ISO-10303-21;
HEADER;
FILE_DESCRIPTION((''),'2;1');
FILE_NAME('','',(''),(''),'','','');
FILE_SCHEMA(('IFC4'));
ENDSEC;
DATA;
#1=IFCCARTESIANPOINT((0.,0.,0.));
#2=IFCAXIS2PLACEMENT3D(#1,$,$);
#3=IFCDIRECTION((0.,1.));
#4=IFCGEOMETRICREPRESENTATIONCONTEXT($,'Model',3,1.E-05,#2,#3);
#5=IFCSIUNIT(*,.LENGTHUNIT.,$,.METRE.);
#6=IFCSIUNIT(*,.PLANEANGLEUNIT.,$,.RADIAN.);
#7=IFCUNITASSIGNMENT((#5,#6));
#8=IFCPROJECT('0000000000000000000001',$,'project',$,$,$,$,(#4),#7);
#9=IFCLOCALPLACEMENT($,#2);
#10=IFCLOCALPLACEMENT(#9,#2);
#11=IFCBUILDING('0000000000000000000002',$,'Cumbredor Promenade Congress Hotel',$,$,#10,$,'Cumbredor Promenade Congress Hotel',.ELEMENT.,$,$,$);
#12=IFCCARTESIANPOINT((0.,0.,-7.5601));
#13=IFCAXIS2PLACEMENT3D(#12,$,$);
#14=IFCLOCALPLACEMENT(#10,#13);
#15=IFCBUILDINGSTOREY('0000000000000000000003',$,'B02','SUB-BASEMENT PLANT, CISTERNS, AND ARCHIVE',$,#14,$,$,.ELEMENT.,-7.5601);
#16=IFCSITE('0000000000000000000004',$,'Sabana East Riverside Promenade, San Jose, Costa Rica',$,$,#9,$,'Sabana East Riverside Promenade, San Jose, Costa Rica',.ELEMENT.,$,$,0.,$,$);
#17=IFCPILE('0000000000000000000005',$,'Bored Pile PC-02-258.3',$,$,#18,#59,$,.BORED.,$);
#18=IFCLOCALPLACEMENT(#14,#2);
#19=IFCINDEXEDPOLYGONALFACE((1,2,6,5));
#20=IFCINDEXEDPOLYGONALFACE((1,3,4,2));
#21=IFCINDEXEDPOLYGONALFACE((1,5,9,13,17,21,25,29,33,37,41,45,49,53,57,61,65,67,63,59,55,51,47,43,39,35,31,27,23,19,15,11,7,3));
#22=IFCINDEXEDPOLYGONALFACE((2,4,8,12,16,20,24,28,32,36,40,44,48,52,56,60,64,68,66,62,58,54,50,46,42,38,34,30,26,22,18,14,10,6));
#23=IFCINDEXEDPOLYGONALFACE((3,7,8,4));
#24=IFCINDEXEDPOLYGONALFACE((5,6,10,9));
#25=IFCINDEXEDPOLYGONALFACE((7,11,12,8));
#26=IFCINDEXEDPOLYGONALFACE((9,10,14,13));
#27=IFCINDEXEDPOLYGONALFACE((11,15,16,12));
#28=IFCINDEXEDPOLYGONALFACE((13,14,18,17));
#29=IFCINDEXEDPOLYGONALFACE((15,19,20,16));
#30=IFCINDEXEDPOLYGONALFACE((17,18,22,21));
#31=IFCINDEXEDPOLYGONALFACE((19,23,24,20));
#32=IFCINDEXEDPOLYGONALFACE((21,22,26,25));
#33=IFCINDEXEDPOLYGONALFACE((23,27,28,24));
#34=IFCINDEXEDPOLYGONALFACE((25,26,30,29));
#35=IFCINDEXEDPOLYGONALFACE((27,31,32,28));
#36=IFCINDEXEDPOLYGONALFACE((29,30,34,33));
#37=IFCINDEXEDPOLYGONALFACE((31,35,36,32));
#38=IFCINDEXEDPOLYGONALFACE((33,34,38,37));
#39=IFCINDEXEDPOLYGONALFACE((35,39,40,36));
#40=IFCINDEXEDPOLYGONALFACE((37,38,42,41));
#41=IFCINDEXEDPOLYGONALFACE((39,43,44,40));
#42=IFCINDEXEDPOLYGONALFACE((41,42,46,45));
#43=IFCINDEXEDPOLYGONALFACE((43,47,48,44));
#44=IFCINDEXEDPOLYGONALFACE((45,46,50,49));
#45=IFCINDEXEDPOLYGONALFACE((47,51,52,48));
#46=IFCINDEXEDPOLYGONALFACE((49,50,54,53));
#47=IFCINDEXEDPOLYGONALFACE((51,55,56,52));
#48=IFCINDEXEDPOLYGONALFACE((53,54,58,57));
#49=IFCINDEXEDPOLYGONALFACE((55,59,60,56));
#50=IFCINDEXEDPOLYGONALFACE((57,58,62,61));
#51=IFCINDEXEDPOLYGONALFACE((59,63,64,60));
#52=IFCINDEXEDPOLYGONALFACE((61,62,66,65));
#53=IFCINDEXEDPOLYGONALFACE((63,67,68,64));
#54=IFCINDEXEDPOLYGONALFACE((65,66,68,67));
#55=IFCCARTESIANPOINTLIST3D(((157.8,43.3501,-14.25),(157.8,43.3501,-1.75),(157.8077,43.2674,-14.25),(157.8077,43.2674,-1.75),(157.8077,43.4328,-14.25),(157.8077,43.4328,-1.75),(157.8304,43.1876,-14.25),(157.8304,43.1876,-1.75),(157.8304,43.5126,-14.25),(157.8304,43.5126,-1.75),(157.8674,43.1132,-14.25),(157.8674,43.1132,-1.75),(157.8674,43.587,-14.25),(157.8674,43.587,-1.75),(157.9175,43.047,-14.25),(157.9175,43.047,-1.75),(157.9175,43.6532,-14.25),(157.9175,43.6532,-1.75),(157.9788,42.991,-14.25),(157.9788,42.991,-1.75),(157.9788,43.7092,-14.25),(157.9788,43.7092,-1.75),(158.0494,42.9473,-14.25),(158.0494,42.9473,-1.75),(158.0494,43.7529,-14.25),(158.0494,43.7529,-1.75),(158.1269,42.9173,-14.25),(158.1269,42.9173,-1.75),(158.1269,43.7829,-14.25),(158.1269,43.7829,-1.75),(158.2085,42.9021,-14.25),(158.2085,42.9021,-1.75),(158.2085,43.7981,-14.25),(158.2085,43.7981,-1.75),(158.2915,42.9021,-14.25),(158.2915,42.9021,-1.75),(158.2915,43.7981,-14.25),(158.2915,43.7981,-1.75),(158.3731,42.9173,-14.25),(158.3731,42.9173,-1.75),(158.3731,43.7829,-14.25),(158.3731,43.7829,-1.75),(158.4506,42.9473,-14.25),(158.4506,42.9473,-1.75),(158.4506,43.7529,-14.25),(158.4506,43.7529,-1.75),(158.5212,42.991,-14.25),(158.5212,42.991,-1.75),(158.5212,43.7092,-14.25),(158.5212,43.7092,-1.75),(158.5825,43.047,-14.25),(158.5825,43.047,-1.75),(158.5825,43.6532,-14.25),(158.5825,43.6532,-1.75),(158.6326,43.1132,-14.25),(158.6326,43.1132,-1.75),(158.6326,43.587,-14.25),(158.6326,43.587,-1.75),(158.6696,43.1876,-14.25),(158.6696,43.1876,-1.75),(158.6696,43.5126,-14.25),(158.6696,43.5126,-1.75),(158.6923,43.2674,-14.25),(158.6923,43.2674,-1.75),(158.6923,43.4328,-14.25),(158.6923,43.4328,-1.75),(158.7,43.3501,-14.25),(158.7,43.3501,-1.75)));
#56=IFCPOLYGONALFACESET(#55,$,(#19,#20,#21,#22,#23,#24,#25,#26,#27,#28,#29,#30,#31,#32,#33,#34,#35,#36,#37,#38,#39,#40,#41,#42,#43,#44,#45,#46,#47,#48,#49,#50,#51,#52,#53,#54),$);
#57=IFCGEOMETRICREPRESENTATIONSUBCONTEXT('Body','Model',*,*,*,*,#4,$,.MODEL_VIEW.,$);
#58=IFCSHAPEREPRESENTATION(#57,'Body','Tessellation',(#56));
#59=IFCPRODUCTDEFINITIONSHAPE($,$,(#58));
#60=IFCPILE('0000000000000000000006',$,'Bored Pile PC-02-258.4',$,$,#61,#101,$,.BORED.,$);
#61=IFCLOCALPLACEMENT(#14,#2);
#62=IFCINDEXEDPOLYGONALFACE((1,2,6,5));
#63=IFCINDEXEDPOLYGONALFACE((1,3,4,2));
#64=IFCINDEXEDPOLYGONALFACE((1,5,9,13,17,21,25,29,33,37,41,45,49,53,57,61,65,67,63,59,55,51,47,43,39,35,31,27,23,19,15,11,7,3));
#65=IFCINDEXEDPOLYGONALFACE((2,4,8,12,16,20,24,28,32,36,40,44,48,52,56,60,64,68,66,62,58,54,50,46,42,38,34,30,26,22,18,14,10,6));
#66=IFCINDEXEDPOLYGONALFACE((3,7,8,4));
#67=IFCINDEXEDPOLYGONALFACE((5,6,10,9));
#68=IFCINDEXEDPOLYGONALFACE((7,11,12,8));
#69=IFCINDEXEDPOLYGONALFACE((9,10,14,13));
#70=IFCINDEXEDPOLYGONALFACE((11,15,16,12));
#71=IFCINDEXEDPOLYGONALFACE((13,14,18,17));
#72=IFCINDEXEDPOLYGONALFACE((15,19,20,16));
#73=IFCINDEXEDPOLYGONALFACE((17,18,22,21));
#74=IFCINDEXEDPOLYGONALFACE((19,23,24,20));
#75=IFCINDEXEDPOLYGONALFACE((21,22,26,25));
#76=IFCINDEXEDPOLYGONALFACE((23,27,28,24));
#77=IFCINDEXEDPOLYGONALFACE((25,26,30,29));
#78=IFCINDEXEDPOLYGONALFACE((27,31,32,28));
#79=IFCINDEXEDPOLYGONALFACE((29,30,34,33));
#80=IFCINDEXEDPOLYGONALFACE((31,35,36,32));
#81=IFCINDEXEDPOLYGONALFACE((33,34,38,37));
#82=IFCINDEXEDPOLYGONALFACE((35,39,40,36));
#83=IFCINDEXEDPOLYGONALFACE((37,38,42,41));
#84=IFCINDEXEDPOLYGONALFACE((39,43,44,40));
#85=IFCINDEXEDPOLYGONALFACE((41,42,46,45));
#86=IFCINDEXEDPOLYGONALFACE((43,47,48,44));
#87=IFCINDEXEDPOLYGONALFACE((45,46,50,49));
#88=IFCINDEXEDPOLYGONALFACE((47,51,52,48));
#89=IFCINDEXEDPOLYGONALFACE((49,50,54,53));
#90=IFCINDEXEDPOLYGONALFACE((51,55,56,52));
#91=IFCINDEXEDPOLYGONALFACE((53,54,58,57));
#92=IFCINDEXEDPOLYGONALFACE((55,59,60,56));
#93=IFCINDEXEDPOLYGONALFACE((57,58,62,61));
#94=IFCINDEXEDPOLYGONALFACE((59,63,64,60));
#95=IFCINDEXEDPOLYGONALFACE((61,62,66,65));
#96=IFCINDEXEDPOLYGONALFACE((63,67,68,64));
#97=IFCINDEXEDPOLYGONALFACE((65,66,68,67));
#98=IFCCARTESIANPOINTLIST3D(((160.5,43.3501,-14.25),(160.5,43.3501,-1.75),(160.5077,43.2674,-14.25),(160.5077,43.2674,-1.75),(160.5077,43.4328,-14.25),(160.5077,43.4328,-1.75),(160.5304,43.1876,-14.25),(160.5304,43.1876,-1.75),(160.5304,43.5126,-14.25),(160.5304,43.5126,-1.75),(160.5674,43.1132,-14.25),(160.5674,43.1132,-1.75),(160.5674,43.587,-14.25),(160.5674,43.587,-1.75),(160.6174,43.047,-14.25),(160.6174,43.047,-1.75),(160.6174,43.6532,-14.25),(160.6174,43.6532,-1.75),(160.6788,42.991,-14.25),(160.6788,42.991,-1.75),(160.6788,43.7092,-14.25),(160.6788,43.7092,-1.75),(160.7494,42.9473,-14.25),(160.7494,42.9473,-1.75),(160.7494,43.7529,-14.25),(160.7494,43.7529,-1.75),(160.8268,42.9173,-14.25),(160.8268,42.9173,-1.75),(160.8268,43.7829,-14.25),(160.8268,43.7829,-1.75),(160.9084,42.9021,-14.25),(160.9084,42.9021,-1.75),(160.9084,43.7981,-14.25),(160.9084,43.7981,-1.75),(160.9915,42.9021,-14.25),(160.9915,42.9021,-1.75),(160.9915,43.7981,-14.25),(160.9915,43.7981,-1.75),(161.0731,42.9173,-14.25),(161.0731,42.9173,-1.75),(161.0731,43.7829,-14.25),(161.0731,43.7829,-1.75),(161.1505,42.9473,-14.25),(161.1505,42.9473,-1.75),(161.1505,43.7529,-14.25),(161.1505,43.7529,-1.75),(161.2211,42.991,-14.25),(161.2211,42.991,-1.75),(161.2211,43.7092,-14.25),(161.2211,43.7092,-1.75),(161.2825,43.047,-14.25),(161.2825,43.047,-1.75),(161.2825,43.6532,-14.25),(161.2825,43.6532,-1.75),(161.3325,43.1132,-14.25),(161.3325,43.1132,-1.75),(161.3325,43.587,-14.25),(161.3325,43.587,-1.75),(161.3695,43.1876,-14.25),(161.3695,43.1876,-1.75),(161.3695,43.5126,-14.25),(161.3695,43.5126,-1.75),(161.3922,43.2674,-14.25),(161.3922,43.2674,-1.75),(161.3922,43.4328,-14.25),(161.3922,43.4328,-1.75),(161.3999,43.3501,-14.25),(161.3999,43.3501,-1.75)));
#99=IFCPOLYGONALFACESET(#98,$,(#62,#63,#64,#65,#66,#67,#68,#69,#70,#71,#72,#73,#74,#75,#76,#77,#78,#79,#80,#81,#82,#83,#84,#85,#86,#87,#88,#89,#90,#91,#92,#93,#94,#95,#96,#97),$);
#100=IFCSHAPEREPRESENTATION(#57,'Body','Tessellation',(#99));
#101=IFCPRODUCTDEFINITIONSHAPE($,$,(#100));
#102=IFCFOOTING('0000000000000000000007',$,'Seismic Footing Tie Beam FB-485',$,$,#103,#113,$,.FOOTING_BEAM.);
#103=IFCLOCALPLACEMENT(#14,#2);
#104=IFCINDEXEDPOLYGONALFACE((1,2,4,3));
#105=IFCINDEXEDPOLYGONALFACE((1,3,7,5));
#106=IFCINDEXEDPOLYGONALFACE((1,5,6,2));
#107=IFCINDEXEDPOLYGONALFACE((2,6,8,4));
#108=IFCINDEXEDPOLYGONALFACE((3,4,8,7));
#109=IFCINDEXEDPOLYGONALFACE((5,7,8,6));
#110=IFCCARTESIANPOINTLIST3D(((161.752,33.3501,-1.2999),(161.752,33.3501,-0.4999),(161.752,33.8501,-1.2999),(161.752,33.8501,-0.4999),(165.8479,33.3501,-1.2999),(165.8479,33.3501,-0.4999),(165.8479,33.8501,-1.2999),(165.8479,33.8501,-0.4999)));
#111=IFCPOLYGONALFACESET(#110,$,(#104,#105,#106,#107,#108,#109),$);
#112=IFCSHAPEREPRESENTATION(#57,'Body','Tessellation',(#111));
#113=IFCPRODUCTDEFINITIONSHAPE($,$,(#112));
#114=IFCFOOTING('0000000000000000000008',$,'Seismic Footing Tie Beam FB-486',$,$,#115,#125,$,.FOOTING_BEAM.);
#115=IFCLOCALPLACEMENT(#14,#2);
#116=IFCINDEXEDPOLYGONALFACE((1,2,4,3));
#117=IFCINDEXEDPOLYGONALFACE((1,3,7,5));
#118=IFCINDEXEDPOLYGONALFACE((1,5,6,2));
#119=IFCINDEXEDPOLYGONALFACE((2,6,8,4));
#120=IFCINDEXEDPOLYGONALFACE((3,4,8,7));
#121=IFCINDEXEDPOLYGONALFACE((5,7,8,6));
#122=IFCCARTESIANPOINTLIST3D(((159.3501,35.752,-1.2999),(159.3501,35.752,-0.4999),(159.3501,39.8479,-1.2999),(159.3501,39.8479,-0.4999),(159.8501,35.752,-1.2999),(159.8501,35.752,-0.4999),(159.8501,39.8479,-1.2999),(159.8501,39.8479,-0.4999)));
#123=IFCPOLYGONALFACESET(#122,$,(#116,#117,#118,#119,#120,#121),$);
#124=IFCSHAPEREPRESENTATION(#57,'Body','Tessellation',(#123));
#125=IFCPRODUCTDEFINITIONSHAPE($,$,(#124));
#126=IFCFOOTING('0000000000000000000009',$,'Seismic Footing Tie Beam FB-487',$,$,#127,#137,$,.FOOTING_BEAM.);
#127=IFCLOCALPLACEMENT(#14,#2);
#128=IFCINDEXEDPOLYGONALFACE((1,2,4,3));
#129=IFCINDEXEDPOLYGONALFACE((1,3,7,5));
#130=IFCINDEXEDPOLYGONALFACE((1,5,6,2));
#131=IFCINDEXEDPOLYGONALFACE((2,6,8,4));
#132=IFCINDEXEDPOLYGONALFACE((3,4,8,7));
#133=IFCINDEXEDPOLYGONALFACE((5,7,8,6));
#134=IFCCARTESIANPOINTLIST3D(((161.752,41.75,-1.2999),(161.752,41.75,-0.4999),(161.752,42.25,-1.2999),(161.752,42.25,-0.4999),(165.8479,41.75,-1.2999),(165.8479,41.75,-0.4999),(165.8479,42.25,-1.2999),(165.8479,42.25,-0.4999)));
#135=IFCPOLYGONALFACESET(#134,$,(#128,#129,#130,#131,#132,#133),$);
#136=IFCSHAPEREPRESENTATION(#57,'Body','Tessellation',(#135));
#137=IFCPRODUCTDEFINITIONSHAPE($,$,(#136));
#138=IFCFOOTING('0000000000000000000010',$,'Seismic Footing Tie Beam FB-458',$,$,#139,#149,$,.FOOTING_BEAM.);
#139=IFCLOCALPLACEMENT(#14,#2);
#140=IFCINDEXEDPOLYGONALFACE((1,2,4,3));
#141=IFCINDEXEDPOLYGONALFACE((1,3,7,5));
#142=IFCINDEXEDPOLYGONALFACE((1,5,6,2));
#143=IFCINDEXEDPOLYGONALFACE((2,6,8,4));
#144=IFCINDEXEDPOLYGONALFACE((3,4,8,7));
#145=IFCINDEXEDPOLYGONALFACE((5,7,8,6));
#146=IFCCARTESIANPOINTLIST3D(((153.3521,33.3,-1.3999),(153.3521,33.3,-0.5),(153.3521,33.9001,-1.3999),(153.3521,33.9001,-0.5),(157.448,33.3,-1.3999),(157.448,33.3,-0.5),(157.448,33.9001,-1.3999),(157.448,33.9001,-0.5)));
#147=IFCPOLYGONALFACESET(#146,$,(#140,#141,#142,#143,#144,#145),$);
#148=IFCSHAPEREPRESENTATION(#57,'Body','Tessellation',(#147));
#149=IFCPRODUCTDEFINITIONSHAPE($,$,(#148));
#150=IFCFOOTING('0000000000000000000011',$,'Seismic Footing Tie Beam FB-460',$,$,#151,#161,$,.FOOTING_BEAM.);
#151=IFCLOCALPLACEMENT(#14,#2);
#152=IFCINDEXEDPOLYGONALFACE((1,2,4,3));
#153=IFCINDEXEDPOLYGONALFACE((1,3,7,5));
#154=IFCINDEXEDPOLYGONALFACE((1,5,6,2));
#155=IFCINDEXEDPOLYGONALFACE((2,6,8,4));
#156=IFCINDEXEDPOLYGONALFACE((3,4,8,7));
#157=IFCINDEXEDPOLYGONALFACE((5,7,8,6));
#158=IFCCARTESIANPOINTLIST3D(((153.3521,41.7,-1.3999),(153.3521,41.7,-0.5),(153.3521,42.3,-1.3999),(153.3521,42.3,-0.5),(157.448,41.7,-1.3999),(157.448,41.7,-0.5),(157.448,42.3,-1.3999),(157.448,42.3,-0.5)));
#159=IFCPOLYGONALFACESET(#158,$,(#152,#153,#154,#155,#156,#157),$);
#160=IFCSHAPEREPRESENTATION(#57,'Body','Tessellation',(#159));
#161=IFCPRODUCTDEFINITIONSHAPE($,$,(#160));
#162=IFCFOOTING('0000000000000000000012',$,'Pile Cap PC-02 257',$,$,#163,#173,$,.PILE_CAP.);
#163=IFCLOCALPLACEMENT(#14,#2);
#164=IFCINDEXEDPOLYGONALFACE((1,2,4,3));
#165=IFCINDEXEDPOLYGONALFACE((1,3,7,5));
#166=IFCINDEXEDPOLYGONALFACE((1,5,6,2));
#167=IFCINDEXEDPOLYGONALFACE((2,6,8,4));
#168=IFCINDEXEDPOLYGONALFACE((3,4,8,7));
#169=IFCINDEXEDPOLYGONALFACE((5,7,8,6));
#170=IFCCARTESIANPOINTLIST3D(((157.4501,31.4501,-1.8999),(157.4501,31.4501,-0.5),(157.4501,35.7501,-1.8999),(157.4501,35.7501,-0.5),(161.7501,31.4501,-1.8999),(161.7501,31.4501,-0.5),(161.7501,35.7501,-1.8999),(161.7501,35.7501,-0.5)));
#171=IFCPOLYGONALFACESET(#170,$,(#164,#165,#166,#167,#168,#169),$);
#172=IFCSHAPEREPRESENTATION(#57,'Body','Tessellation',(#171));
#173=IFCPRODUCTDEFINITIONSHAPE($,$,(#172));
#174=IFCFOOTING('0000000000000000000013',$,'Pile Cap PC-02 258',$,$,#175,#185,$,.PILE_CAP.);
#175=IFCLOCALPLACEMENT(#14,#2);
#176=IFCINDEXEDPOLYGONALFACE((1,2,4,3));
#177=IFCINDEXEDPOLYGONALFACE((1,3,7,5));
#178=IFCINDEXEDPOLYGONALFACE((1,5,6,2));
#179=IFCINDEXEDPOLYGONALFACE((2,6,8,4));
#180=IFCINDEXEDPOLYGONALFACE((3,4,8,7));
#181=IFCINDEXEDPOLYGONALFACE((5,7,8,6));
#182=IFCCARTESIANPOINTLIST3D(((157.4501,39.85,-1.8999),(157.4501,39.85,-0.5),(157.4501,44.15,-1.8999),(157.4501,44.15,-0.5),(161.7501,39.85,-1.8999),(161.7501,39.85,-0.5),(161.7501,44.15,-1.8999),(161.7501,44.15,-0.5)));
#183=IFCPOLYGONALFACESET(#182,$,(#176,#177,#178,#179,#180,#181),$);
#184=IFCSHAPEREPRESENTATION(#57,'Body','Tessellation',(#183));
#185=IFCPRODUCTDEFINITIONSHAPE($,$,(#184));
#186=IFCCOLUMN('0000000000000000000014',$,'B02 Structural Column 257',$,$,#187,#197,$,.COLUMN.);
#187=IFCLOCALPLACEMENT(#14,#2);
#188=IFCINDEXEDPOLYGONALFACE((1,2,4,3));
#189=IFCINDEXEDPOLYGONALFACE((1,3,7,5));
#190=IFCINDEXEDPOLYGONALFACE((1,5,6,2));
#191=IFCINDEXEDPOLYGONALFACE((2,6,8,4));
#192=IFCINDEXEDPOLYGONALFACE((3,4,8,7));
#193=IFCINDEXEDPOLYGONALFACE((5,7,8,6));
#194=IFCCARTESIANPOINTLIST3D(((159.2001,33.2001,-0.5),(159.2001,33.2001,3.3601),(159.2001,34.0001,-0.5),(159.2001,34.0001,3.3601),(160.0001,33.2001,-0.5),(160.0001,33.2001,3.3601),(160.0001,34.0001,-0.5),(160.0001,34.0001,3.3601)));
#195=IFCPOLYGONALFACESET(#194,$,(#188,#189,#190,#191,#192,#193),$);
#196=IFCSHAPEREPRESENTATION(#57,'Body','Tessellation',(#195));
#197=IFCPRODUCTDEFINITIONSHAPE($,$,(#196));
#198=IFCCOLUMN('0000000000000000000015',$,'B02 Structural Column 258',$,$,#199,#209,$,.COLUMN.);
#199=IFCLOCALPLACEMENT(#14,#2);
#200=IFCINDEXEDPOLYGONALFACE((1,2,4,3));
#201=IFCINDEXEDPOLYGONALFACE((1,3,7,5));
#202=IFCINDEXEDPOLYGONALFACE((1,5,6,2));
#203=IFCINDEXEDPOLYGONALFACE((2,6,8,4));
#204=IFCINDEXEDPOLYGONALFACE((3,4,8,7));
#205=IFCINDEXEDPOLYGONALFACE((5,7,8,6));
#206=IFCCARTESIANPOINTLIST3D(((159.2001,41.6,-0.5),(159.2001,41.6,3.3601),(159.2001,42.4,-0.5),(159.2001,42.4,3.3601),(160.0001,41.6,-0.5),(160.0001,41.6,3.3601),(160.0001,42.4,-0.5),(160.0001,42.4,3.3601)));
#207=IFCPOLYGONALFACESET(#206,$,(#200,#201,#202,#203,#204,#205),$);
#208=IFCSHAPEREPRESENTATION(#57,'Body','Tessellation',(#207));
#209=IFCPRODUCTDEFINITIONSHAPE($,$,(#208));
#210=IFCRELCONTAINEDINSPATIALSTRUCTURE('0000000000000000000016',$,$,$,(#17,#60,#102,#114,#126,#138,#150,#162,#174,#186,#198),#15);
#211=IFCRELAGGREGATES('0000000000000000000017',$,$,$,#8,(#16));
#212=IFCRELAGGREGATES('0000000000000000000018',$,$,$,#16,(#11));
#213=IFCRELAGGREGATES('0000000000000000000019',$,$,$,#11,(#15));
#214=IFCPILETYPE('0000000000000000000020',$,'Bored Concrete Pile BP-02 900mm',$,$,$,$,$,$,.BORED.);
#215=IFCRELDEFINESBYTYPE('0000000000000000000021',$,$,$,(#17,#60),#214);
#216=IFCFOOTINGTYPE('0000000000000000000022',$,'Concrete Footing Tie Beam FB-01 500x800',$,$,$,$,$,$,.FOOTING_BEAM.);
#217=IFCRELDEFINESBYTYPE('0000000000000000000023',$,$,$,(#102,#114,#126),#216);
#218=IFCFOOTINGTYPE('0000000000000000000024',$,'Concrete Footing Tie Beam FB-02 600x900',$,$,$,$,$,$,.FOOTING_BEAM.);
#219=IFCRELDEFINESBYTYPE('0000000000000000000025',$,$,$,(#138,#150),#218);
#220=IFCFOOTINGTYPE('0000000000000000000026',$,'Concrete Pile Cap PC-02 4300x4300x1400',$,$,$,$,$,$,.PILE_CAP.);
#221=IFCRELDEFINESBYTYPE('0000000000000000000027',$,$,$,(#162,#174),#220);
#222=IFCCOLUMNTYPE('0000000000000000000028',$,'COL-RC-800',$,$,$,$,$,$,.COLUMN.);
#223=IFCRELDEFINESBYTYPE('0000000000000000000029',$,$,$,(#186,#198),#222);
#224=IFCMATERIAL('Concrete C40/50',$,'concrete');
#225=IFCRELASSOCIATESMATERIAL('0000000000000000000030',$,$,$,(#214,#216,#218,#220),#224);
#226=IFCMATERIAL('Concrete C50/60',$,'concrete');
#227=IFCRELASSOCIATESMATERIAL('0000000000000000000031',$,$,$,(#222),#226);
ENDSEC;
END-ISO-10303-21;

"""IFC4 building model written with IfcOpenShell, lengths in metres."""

from ifc_helpers import new_model, si_unit, direction, frame, origin, origin_2d, place, context, subcontext, project, spatial, rectangle, circle, extrude, material, material_profile, profile_set, type_object, element, save


model = new_model("IFC4")

# Units and contexts
model_context = context("Model", 3, precision=1e-05, world=origin(), true_north=direction((0.0, 1.0)))
body_context = subcontext(model_context, "Body", "Model", "MODEL_VIEW")
ifc_project = project(units=[si_unit("LENGTHUNIT", "METRE"), si_unit("PLANEANGLEUNIT", "RADIAN")], contexts=[model_context])

# Site, building, storey
site_placement = place(None, origin())
site = spatial("IfcSite", under=ifc_project, at=site_placement, Name="Sabana East Riverside Promenade, San Jose, Costa Rica", LongName="Sabana East Riverside Promenade, San Jose, Costa Rica", CompositionType="ELEMENT", RefElevation=0.0)
building_placement = place(site_placement, origin())
building = spatial("IfcBuilding", under=site, at=building_placement, Name="Cumbredor Promenade Congress Hotel", LongName="Cumbredor Promenade Congress Hotel", CompositionType="ELEMENT")
storey_placement = place(building_placement, frame((0.0, 0.0, -7.5601)))
storey = spatial("IfcBuildingStorey", under=building, at=storey_placement, Name="B02", Description="SUB-BASEMENT PLANT, CISTERNS, AND ARCHIVE", CompositionType="ELEMENT", Elevation=-7.5601)

# Piles
ifc_material_1 = material(Name="Concrete C40/50", Category="concrete")
ifc_material_profile_1 = material_profile(ifc_material_1, circle(Radius=0.45, at=origin_2d()), Name="PILE D900")
ifc_profile_set_1 = profile_set([ifc_material_profile_1], Name="Concrete C40/50")
pile_type = type_object("IfcPileType", Name="Bored Concrete Pile BP-02 900mm", PredefinedType="BORED", material=ifc_profile_set_1)
for number, where, z_axis, x_axis, name in (
    (1, (158.25, 43.3501, -1.75), (0.0, 0.0, -1.0), (1.0, 0.0, 0.0), "Bored Pile PC-02-258.3"),
    (2, (160.95, 43.3501, -1.75), (0.0, 0.0, -1.0), (1.0, 0.0, 0.0), "Bored Pile PC-02-258.4"),
):
    element("IfcPile", number, at=place(storey_placement, frame(where, z_axis=z_axis, x_axis=x_axis)), inside=storey, type_object=pile_type, Name=name, PredefinedType="BORED", context=body_context, shape_type="SweptSolid", body=[
        extrude(circle(Radius=0.45, at=origin_2d()), origin(), (0.0, 0.0, 1.0), 12.5),
    ])

# Footings
ifc_material_profile_2 = material_profile(ifc_material_1, rectangle(XDim=0.5, YDim=0.8, at=origin_2d()), Name="FB 500x800")
ifc_profile_set_2 = profile_set([ifc_material_profile_2], Name="Concrete C40/50")
footing_type_1 = type_object("IfcFootingType", Name="Concrete Footing Tie Beam FB-01 500x800", PredefinedType="FOOTING_BEAM", material=ifc_profile_set_2)
for number, where, z_axis, x_axis, name in (
    (3, (161.752, 33.6001, -0.8999), (1.0, 0.0, 0.0), (0.0, 1.0, 0.0), "Seismic Footing Tie Beam FB-485"),
    (4, (159.6001, 35.752, -0.8999), (0.0, 1.0, 0.0), (-1.0, 0.0, 0.0), "Seismic Footing Tie Beam FB-486"),
    (5, (161.752, 42.0, -0.8999), (1.0, 0.0, 0.0), (0.0, 1.0, 0.0), "Seismic Footing Tie Beam FB-487"),
):
    element("IfcFooting", number, at=place(storey_placement, frame(where, z_axis=z_axis, x_axis=x_axis)), inside=storey, type_object=footing_type_1, Name=name, PredefinedType="FOOTING_BEAM", context=body_context, shape_type="SweptSolid", body=[
        extrude(rectangle(XDim=0.5, YDim=0.8, at=origin_2d()), origin(), (0.0, 0.0, 1.0), 4.0959),
    ])
ifc_material_profile_3 = material_profile(ifc_material_1, rectangle(XDim=0.6001, YDim=0.8999, at=origin_2d()), Name="FB 600x900")
ifc_profile_set_3 = profile_set([ifc_material_profile_3], Name="Concrete C40/50")
footing_type_2 = type_object("IfcFootingType", Name="Concrete Footing Tie Beam FB-02 600x900", PredefinedType="FOOTING_BEAM", material=ifc_profile_set_3)
for number, where, z_axis, x_axis, name in (
    (6, (153.3521, 33.6001, -0.95), (1.0, 0.0, 0.0), (0.0, 1.0, 0.0), "Seismic Footing Tie Beam FB-458"),
    (7, (153.3521, 42.0, -0.95), (1.0, 0.0, 0.0), (0.0, 1.0, 0.0), "Seismic Footing Tie Beam FB-460"),
):
    element("IfcFooting", number, at=place(storey_placement, frame(where, z_axis=z_axis, x_axis=x_axis)), inside=storey, type_object=footing_type_2, Name=name, PredefinedType="FOOTING_BEAM", context=body_context, shape_type="SweptSolid", body=[
        extrude(rectangle(XDim=0.6001, YDim=0.8999, at=origin_2d()), origin(), (0.0, 0.0, 1.0), 4.0959),
    ])
footing_type_3 = type_object("IfcFootingType", Name="Concrete Pile Cap PC-02 4300x4300x1400", PredefinedType="PILE_CAP", material=ifc_material_1)
for number, where, z_axis, x_axis, name in (
    (8, (159.6001, 33.6001, -1.8999), (0.0, 0.0, 1.0), (1.0, 0.0, 0.0), "Pile Cap PC-02 257"),
    (9, (159.6001, 42.0, -1.8999), (0.0, 0.0, 1.0), (1.0, 0.0, 0.0), "Pile Cap PC-02 258"),
):
    element("IfcFooting", number, at=place(storey_placement, frame(where, z_axis=z_axis, x_axis=x_axis)), inside=storey, type_object=footing_type_3, Name=name, PredefinedType="PILE_CAP", context=body_context, shape_type="SweptSolid", body=[
        extrude(rectangle(XDim=4.3, YDim=4.3, at=origin_2d()), origin(), (0.0, 0.0, 1.0), 1.3999),
    ])

# Columns
ifc_material_2 = material(Name="Concrete C50/60", Category="concrete")
ifc_material_profile_4 = material_profile(ifc_material_2, rectangle(XDim=0.8, YDim=0.8, at=origin_2d()), Name="RC 800x800")
ifc_profile_set_4 = profile_set([ifc_material_profile_4], Name="Concrete C50/60")
column_type = type_object("IfcColumnType", Name="COL-RC-800", PredefinedType="COLUMN", material=ifc_profile_set_4)
for number, where, z_axis, x_axis, name in (
    (10, (159.6001, 33.6001, -0.5), (0.0, 0.0, 1.0), (1.0, 0.0, 0.0), "B02 Structural Column 257"),
    (11, (159.6001, 42.0, -0.5), (0.0, 0.0, 1.0), (1.0, 0.0, 0.0), "B02 Structural Column 258"),
):
    element("IfcColumn", number, at=place(storey_placement, frame(where, z_axis=z_axis, x_axis=x_axis)), inside=storey, type_object=column_type, Name=name, PredefinedType="COLUMN", context=body_context, shape_type="SweptSolid", body=[
        extrude(rectangle(XDim=0.8, YDim=0.8, at=origin_2d()), origin(), (0.0, 0.0, 1.0), 3.8601),
    ])

save(model, "model.ifc")
